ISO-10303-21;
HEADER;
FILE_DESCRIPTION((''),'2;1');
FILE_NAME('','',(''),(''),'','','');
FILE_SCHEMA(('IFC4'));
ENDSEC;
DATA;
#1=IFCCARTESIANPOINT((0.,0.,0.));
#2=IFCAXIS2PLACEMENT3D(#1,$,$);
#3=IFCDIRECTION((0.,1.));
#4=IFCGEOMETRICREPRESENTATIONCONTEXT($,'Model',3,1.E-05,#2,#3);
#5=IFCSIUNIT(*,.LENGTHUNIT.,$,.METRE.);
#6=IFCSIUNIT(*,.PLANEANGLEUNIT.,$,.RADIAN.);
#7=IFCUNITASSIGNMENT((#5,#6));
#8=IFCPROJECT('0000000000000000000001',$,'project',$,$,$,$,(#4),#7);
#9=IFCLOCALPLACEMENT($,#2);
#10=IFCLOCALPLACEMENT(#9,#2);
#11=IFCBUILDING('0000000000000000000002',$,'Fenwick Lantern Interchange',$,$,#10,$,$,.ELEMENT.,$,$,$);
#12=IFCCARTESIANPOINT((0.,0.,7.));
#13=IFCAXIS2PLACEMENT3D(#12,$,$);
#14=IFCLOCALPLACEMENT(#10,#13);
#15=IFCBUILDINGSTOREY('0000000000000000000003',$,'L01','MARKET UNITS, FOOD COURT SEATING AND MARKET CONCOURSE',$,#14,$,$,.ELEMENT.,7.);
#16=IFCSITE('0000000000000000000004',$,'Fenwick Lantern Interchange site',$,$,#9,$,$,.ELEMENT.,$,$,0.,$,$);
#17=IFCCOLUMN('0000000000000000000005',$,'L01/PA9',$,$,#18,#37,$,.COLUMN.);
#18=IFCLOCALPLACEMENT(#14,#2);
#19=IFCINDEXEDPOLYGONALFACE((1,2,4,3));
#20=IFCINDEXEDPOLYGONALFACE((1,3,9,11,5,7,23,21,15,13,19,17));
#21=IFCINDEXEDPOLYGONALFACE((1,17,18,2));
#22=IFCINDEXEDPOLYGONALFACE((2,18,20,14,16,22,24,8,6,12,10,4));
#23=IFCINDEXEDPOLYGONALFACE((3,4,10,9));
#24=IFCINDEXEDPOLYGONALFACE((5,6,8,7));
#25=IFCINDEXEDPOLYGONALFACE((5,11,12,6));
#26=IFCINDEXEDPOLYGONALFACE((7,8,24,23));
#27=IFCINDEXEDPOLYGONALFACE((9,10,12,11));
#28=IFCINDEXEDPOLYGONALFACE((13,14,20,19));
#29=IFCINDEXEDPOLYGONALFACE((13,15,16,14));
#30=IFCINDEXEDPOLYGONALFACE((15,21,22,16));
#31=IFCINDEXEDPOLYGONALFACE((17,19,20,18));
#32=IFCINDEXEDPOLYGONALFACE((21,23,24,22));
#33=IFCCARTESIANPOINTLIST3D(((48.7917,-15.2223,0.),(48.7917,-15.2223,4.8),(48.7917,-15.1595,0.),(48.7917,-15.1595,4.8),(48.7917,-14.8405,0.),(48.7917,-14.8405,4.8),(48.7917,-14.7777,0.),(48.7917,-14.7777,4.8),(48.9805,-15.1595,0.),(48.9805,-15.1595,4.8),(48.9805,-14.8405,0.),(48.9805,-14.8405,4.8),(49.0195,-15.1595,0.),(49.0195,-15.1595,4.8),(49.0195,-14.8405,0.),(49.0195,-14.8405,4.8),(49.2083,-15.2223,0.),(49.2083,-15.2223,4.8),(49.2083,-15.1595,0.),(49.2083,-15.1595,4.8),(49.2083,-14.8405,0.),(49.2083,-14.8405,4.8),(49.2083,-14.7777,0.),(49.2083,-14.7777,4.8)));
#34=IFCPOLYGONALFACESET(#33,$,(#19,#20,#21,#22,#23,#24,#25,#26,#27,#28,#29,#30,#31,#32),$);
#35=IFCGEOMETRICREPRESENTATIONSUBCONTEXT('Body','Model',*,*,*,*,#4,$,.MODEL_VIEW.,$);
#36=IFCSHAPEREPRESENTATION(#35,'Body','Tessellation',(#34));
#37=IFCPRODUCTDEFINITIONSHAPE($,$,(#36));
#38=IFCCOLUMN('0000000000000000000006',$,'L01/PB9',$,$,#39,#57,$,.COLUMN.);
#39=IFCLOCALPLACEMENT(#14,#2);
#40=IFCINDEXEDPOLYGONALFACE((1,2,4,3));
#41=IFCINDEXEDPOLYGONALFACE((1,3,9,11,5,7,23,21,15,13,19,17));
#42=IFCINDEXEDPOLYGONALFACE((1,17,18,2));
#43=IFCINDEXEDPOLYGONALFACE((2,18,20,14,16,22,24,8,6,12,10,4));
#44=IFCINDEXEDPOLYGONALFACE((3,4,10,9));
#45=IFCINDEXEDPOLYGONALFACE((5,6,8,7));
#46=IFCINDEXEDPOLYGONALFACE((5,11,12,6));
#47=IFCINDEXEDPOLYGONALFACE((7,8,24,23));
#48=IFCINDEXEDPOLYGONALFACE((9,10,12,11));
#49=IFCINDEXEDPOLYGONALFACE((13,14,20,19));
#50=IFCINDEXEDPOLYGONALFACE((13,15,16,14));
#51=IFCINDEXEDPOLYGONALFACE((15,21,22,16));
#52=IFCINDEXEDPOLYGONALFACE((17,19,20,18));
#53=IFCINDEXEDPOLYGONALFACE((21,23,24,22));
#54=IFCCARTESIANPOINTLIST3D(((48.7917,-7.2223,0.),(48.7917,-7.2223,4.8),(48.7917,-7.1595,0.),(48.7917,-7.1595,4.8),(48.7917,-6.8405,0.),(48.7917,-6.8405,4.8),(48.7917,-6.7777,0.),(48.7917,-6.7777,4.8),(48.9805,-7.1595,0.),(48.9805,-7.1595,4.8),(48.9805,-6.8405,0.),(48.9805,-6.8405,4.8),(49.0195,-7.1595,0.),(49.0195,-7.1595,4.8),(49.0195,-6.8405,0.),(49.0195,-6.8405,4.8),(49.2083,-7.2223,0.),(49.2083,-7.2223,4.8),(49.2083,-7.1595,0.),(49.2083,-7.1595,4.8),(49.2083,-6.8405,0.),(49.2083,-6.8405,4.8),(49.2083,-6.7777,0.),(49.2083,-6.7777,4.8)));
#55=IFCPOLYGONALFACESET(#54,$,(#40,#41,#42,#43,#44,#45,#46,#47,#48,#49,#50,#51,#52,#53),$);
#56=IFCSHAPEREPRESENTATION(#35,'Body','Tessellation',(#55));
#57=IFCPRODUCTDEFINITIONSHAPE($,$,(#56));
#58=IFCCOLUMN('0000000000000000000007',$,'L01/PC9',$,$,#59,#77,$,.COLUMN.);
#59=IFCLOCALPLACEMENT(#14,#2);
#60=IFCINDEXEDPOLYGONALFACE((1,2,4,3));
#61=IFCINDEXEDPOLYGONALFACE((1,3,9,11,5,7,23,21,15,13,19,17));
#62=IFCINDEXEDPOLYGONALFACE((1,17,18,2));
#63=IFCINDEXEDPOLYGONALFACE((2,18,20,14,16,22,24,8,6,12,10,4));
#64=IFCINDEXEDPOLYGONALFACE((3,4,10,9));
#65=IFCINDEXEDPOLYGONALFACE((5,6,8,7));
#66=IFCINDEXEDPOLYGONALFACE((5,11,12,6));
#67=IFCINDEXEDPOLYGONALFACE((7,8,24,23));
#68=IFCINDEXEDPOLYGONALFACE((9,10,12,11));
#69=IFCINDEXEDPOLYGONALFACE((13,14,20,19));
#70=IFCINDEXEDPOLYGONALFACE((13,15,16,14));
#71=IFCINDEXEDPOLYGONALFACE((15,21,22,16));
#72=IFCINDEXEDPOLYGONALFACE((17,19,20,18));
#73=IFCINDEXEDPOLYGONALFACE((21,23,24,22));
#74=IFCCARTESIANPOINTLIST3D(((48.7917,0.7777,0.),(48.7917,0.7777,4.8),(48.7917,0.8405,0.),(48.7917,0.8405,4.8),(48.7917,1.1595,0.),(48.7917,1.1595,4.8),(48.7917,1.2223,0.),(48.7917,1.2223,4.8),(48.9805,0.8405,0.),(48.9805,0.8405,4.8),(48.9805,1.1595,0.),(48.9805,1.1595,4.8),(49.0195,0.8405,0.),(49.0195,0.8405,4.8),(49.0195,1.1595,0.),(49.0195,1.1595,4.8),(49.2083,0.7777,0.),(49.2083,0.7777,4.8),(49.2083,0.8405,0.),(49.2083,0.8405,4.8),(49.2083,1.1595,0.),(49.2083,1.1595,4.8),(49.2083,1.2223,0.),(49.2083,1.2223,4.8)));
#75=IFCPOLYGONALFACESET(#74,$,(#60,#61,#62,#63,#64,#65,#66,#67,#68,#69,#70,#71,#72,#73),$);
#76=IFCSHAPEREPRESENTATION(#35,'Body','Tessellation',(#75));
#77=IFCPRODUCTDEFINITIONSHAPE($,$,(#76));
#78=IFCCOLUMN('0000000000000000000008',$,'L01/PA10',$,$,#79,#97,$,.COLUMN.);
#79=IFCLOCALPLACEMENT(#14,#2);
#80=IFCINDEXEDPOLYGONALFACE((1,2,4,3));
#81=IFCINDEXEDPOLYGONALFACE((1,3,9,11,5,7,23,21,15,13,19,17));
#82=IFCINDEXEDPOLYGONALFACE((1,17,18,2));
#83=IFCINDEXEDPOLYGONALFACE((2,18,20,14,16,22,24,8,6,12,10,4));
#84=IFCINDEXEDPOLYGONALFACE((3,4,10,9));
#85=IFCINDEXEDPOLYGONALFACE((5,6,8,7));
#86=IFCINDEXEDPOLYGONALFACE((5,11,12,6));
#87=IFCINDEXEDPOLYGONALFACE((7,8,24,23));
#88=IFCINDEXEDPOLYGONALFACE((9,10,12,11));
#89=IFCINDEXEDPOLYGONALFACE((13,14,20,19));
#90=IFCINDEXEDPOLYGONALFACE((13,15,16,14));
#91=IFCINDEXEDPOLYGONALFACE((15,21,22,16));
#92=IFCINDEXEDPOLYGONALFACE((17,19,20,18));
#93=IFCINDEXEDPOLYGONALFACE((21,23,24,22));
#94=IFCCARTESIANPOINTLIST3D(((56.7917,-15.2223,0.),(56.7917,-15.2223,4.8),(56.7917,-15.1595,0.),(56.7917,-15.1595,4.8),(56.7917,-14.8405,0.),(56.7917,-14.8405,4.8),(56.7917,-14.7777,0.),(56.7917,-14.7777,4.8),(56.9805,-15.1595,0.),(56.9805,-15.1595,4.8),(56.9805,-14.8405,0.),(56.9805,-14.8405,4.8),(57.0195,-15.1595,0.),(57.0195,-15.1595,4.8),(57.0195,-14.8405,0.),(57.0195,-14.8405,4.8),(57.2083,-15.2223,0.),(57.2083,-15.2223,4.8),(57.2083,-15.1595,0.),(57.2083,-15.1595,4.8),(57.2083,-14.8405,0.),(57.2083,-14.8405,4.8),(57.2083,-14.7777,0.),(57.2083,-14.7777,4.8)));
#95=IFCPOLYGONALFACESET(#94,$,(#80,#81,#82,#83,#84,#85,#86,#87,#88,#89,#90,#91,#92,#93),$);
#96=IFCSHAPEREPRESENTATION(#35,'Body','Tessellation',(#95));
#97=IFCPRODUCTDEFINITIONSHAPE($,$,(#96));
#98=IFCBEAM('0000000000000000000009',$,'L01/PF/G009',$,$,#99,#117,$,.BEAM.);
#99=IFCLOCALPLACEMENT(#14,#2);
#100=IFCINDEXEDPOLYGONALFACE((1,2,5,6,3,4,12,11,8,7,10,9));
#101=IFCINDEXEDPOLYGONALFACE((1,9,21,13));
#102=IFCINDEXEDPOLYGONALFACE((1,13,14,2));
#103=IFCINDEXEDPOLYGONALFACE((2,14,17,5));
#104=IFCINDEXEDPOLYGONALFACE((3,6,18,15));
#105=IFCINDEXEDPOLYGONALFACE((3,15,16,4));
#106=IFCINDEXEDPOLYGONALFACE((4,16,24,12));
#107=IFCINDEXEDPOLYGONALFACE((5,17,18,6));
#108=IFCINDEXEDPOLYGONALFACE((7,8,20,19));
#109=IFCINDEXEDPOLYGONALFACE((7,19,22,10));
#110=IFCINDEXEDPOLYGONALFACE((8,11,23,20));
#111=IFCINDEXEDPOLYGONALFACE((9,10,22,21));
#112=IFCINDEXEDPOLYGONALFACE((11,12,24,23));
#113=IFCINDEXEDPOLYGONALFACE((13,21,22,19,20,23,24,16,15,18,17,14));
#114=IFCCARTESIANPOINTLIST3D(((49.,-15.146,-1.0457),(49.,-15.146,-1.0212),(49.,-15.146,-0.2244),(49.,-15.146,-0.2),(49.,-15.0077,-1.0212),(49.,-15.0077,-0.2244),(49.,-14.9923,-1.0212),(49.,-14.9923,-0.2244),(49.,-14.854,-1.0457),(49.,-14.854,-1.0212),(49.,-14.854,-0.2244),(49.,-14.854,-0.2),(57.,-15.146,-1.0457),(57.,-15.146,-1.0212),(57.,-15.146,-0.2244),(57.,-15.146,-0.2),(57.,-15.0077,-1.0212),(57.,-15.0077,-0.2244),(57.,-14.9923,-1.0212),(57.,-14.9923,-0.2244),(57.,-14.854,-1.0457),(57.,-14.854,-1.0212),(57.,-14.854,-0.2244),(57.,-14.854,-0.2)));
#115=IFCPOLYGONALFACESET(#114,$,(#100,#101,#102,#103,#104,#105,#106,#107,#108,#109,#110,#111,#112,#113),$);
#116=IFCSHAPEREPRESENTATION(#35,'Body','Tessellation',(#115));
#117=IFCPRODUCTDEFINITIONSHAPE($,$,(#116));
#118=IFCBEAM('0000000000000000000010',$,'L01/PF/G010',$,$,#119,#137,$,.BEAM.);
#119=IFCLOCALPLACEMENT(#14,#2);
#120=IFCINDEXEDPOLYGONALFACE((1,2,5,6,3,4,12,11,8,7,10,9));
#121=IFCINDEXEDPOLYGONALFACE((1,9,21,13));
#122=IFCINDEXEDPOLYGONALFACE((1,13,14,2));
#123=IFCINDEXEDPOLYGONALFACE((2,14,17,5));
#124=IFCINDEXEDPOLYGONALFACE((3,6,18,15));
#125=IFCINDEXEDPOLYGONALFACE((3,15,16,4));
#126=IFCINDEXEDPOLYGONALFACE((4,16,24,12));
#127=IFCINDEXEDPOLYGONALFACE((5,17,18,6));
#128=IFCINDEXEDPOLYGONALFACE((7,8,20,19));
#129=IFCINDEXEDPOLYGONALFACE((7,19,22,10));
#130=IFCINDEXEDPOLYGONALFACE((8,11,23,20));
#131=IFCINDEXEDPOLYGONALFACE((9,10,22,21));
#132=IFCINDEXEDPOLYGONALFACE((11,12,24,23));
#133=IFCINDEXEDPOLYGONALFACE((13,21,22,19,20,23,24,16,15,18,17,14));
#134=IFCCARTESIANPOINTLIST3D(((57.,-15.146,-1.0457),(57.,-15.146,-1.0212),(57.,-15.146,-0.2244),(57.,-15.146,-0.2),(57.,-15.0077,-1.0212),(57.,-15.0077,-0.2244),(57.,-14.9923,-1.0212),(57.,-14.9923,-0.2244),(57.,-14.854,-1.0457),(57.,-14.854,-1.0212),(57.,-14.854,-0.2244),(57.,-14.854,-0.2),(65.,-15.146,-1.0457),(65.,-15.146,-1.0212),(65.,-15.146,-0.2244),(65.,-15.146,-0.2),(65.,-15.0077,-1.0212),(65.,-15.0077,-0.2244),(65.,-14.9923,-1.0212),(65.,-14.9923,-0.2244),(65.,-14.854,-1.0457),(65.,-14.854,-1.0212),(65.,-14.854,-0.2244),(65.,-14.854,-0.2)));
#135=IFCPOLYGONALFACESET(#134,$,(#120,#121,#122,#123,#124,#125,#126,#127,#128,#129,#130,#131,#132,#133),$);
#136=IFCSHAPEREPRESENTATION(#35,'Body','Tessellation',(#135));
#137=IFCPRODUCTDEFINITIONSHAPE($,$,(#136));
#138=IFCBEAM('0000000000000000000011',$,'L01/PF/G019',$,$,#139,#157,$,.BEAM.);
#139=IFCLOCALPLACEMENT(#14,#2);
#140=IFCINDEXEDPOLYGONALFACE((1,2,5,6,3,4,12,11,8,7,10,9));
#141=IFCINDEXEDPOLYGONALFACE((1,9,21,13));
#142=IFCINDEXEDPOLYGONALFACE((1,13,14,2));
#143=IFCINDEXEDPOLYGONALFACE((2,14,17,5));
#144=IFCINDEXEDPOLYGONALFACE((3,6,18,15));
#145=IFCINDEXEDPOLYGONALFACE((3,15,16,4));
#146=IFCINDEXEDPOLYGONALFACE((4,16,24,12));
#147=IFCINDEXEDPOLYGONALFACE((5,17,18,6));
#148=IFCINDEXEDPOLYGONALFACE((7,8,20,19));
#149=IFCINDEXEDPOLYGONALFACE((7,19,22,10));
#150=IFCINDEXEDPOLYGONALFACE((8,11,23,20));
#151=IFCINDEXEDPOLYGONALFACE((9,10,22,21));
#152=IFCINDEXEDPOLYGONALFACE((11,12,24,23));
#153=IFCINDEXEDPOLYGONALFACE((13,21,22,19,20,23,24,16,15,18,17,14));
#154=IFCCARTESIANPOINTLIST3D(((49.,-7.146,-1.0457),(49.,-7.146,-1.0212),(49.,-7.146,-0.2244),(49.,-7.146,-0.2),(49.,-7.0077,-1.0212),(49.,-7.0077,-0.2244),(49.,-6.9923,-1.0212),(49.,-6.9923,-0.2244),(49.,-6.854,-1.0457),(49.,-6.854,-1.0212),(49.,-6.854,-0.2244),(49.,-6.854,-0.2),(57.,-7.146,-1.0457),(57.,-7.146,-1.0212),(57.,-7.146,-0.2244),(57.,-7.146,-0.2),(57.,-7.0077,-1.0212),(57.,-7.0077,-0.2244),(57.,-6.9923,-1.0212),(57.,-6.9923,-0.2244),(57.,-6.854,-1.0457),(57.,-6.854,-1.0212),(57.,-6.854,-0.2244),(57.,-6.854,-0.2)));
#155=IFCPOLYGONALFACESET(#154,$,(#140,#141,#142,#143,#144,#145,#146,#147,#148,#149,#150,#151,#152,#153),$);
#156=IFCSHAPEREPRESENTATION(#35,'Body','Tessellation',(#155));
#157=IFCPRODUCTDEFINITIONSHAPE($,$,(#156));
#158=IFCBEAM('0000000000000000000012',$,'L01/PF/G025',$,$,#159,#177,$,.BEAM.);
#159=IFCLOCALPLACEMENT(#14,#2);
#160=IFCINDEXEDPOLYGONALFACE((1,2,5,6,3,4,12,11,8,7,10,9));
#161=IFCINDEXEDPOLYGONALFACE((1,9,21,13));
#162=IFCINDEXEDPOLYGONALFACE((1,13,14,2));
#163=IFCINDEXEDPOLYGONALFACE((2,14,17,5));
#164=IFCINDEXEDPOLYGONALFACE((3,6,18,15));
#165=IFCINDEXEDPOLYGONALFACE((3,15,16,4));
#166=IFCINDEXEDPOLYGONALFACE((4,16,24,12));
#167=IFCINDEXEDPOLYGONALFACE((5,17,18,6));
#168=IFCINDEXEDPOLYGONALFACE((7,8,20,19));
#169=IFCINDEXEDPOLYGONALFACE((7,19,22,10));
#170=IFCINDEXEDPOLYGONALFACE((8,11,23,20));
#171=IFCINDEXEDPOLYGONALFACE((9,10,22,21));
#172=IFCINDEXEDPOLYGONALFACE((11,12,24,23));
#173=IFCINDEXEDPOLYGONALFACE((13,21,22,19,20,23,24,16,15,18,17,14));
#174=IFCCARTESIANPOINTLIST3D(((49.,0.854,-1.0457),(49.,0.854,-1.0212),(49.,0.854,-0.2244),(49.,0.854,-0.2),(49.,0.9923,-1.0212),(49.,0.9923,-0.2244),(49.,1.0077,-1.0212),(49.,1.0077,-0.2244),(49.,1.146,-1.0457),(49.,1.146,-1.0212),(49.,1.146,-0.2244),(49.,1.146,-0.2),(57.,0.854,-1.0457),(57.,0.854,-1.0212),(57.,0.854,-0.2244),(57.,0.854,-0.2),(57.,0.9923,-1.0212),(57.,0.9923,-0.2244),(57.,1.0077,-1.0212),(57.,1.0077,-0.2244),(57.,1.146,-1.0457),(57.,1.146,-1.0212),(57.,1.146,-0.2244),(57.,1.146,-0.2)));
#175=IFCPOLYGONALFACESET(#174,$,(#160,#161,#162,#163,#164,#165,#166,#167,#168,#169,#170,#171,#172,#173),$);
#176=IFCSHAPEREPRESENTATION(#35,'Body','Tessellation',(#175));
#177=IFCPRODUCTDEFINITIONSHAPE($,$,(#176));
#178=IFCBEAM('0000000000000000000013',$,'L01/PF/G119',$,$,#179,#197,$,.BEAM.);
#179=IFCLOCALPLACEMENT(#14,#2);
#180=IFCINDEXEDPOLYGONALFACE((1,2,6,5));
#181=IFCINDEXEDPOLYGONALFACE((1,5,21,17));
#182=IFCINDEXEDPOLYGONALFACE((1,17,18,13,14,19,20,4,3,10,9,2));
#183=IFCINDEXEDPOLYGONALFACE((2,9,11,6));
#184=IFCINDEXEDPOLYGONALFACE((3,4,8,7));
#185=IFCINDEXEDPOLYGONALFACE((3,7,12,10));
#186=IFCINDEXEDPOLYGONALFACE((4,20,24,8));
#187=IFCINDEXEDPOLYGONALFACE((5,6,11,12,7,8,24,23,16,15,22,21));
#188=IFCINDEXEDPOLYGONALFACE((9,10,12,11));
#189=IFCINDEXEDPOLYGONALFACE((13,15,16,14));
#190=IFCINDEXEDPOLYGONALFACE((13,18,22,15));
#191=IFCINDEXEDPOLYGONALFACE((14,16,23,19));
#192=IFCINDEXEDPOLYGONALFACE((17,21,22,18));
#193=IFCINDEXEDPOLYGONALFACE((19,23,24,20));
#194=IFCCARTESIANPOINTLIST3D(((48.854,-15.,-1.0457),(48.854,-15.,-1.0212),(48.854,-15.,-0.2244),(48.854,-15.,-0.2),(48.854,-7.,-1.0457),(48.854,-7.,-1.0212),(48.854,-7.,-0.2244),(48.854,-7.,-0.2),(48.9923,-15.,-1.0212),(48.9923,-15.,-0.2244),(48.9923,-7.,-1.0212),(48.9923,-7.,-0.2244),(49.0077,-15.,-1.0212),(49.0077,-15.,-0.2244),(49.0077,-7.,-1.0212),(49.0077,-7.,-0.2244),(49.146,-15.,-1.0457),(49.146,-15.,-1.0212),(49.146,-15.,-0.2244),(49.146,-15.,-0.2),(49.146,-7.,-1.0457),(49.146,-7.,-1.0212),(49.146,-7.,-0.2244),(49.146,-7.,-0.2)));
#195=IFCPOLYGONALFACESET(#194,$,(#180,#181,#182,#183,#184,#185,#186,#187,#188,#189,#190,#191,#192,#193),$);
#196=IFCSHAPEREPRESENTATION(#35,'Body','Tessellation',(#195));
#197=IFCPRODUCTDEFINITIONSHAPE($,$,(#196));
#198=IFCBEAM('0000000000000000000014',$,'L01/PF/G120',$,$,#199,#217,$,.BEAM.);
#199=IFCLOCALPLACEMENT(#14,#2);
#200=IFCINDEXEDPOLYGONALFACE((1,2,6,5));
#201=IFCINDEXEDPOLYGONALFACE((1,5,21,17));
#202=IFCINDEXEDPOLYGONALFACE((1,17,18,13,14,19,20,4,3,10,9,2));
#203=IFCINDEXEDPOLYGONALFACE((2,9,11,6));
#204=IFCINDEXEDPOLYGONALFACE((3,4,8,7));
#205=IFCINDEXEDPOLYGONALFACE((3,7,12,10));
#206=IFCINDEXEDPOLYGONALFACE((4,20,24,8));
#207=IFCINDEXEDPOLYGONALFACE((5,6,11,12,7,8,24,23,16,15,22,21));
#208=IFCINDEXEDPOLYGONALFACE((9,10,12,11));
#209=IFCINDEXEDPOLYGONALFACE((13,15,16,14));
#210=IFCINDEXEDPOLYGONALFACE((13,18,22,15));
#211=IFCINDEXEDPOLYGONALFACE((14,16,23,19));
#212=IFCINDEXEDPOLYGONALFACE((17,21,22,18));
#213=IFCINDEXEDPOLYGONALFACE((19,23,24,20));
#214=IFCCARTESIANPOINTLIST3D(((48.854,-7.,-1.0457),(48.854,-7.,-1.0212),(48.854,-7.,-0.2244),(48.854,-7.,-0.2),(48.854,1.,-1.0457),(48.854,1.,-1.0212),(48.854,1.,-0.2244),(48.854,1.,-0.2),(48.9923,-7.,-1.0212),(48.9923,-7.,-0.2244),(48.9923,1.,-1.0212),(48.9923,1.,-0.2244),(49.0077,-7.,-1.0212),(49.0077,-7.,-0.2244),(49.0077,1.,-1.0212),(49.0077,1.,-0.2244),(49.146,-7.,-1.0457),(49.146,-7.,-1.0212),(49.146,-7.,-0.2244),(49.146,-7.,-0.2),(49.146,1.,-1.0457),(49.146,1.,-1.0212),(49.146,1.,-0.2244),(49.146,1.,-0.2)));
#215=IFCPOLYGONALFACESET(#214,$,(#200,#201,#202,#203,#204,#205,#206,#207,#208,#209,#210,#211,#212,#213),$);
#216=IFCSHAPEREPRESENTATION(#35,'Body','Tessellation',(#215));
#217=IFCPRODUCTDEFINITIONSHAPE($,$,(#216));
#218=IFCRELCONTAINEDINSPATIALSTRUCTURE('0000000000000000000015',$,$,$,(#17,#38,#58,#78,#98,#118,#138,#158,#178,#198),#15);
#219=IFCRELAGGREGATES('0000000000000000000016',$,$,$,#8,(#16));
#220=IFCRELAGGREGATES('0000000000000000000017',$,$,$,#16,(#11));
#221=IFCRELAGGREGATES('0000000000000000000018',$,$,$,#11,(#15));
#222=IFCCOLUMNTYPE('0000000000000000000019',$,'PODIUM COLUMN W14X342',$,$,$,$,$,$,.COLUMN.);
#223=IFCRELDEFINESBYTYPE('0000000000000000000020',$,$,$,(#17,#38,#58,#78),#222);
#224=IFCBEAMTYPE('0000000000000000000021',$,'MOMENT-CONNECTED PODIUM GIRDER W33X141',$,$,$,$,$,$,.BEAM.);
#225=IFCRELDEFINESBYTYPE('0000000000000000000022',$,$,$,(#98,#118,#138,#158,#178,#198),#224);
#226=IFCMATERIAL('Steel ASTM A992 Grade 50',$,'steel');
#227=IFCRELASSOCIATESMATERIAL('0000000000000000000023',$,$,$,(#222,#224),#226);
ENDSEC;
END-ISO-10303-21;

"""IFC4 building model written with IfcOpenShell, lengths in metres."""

from ifc_helpers import new_model, si_unit, direction, frame, origin, origin_2d, place, context, subcontext, project, spatial, i_section, extrude, material, material_profile, profile_set, type_object, element, save


model = new_model("IFC4")

# Units and contexts
model_context = context("Model", 3, precision=1e-05, world=origin(), true_north=direction((0.0, 1.0)))
body_context = subcontext(model_context, "Body", "Model", "MODEL_VIEW")
ifc_project = project(units=[si_unit("LENGTHUNIT", "METRE"), si_unit("PLANEANGLEUNIT", "RADIAN")], contexts=[model_context])

# Site, building, storey
site_placement = place(None, origin())
site = spatial("IfcSite", under=ifc_project, at=site_placement, Name="Fenwick Lantern Interchange site", CompositionType="ELEMENT", RefElevation=0.0)
building_placement = place(site_placement, origin())
building = spatial("IfcBuilding", under=site, at=building_placement, Name="Fenwick Lantern Interchange", CompositionType="ELEMENT")
storey_placement = place(building_placement, frame((0.0, 0.0, 7.0)))
storey = spatial("IfcBuildingStorey", under=building, at=storey_placement, Name="L01", Description="MARKET UNITS, FOOD COURT SEATING AND MARKET CONCOURSE", CompositionType="ELEMENT", Elevation=7.0)

# Columns
ifc_material_1 = material(Name="Steel ASTM A992 Grade 50", Category="steel")
ifc_material_profile_1 = material_profile(ifc_material_1, i_section(OverallWidth=0.4165, OverallDepth=0.4446, WebThickness=0.0391, FlangeThickness=0.0627, at=origin_2d()), Name="W14X342")
ifc_profile_set_1 = profile_set([ifc_material_profile_1], Name="Steel ASTM A992 Grade 50")
column_type = type_object("IfcColumnType", Name="PODIUM COLUMN W14X342", PredefinedType="COLUMN", material=ifc_profile_set_1)
for number, where, z_axis, x_axis, name in (
    (1, (49.0, -15.0, 0.0), (0.0, 0.0, 1.0), (1.0, 0.0, 0.0), "L01/PA9"),
    (2, (49.0, -7.0, 0.0), (0.0, 0.0, 1.0), (1.0, 0.0, 0.0), "L01/PB9"),
    (3, (49.0, 1.0, 0.0), (0.0, 0.0, 1.0), (1.0, 0.0, 0.0), "L01/PC9"),
    (4, (57.0, -15.0, 0.0), (0.0, 0.0, 1.0), (1.0, 0.0, 0.0), "L01/PA10"),
):
    element("IfcColumn", number, at=place(storey_placement, frame(where, z_axis=z_axis, x_axis=x_axis)), inside=storey, type_object=column_type, Name=name, PredefinedType="COLUMN", context=body_context, shape_type="SweptSolid", body=[
        extrude(i_section(OverallWidth=0.4165, OverallDepth=0.4446, WebThickness=0.0391, FlangeThickness=0.0627, at=origin_2d()), origin(), (0.0, 0.0, 1.0), 4.8),
    ])

# Beams
ifc_material_profile_2 = material_profile(ifc_material_1, i_section(OverallWidth=0.292, OverallDepth=0.8457, WebThickness=0.0154, FlangeThickness=0.0244, at=origin_2d()), Name="W33X141")
ifc_profile_set_2 = profile_set([ifc_material_profile_2], Name="Steel ASTM A992 Grade 50")
beam_type_1 = type_object("IfcBeamType", Name="MOMENT-CONNECTED PODIUM GIRDER W33X141", PredefinedType="BEAM", material=ifc_profile_set_2)
for number, where, z_axis, x_axis, name in (
    (5, (49.0, -15.0, -0.6228), (1.0, 0.0, 0.0), (0.0, 1.0, 0.0), "L01/PF/G009"),
    (6, (57.0, -15.0, -0.6228), (1.0, 0.0, 0.0), (0.0, 1.0, 0.0), "L01/PF/G010"),
    (7, (49.0, -7.0, -0.6228), (1.0, 0.0, 0.0), (0.0, 1.0, 0.0), "L01/PF/G019"),
    (8, (49.0, 1.0, -0.6228), (1.0, 0.0, 0.0), (0.0, 1.0, 0.0), "L01/PF/G025"),
    (9, (49.0, -15.0, -0.6228), (0.0, 1.0, 0.0), (-1.0, 0.0, 0.0), "L01/PF/G119"),
    (10, (49.0, -7.0, -0.6228), (0.0, 1.0, 0.0), (-1.0, 0.0, 0.0), "L01/PF/G120"),
):
    element("IfcBeam", number, at=place(storey_placement, frame(where, z_axis=z_axis, x_axis=x_axis)), inside=storey, type_object=beam_type_1, Name=name, PredefinedType="BEAM", context=body_context, shape_type="SweptSolid", body=[
        extrude(i_section(OverallWidth=0.292, OverallDepth=0.8457, WebThickness=0.0154, FlangeThickness=0.0244, at=origin_2d()), origin(), (0.0, 0.0, 1.0), 8.0),
    ])

save(model, "model.ifc")
